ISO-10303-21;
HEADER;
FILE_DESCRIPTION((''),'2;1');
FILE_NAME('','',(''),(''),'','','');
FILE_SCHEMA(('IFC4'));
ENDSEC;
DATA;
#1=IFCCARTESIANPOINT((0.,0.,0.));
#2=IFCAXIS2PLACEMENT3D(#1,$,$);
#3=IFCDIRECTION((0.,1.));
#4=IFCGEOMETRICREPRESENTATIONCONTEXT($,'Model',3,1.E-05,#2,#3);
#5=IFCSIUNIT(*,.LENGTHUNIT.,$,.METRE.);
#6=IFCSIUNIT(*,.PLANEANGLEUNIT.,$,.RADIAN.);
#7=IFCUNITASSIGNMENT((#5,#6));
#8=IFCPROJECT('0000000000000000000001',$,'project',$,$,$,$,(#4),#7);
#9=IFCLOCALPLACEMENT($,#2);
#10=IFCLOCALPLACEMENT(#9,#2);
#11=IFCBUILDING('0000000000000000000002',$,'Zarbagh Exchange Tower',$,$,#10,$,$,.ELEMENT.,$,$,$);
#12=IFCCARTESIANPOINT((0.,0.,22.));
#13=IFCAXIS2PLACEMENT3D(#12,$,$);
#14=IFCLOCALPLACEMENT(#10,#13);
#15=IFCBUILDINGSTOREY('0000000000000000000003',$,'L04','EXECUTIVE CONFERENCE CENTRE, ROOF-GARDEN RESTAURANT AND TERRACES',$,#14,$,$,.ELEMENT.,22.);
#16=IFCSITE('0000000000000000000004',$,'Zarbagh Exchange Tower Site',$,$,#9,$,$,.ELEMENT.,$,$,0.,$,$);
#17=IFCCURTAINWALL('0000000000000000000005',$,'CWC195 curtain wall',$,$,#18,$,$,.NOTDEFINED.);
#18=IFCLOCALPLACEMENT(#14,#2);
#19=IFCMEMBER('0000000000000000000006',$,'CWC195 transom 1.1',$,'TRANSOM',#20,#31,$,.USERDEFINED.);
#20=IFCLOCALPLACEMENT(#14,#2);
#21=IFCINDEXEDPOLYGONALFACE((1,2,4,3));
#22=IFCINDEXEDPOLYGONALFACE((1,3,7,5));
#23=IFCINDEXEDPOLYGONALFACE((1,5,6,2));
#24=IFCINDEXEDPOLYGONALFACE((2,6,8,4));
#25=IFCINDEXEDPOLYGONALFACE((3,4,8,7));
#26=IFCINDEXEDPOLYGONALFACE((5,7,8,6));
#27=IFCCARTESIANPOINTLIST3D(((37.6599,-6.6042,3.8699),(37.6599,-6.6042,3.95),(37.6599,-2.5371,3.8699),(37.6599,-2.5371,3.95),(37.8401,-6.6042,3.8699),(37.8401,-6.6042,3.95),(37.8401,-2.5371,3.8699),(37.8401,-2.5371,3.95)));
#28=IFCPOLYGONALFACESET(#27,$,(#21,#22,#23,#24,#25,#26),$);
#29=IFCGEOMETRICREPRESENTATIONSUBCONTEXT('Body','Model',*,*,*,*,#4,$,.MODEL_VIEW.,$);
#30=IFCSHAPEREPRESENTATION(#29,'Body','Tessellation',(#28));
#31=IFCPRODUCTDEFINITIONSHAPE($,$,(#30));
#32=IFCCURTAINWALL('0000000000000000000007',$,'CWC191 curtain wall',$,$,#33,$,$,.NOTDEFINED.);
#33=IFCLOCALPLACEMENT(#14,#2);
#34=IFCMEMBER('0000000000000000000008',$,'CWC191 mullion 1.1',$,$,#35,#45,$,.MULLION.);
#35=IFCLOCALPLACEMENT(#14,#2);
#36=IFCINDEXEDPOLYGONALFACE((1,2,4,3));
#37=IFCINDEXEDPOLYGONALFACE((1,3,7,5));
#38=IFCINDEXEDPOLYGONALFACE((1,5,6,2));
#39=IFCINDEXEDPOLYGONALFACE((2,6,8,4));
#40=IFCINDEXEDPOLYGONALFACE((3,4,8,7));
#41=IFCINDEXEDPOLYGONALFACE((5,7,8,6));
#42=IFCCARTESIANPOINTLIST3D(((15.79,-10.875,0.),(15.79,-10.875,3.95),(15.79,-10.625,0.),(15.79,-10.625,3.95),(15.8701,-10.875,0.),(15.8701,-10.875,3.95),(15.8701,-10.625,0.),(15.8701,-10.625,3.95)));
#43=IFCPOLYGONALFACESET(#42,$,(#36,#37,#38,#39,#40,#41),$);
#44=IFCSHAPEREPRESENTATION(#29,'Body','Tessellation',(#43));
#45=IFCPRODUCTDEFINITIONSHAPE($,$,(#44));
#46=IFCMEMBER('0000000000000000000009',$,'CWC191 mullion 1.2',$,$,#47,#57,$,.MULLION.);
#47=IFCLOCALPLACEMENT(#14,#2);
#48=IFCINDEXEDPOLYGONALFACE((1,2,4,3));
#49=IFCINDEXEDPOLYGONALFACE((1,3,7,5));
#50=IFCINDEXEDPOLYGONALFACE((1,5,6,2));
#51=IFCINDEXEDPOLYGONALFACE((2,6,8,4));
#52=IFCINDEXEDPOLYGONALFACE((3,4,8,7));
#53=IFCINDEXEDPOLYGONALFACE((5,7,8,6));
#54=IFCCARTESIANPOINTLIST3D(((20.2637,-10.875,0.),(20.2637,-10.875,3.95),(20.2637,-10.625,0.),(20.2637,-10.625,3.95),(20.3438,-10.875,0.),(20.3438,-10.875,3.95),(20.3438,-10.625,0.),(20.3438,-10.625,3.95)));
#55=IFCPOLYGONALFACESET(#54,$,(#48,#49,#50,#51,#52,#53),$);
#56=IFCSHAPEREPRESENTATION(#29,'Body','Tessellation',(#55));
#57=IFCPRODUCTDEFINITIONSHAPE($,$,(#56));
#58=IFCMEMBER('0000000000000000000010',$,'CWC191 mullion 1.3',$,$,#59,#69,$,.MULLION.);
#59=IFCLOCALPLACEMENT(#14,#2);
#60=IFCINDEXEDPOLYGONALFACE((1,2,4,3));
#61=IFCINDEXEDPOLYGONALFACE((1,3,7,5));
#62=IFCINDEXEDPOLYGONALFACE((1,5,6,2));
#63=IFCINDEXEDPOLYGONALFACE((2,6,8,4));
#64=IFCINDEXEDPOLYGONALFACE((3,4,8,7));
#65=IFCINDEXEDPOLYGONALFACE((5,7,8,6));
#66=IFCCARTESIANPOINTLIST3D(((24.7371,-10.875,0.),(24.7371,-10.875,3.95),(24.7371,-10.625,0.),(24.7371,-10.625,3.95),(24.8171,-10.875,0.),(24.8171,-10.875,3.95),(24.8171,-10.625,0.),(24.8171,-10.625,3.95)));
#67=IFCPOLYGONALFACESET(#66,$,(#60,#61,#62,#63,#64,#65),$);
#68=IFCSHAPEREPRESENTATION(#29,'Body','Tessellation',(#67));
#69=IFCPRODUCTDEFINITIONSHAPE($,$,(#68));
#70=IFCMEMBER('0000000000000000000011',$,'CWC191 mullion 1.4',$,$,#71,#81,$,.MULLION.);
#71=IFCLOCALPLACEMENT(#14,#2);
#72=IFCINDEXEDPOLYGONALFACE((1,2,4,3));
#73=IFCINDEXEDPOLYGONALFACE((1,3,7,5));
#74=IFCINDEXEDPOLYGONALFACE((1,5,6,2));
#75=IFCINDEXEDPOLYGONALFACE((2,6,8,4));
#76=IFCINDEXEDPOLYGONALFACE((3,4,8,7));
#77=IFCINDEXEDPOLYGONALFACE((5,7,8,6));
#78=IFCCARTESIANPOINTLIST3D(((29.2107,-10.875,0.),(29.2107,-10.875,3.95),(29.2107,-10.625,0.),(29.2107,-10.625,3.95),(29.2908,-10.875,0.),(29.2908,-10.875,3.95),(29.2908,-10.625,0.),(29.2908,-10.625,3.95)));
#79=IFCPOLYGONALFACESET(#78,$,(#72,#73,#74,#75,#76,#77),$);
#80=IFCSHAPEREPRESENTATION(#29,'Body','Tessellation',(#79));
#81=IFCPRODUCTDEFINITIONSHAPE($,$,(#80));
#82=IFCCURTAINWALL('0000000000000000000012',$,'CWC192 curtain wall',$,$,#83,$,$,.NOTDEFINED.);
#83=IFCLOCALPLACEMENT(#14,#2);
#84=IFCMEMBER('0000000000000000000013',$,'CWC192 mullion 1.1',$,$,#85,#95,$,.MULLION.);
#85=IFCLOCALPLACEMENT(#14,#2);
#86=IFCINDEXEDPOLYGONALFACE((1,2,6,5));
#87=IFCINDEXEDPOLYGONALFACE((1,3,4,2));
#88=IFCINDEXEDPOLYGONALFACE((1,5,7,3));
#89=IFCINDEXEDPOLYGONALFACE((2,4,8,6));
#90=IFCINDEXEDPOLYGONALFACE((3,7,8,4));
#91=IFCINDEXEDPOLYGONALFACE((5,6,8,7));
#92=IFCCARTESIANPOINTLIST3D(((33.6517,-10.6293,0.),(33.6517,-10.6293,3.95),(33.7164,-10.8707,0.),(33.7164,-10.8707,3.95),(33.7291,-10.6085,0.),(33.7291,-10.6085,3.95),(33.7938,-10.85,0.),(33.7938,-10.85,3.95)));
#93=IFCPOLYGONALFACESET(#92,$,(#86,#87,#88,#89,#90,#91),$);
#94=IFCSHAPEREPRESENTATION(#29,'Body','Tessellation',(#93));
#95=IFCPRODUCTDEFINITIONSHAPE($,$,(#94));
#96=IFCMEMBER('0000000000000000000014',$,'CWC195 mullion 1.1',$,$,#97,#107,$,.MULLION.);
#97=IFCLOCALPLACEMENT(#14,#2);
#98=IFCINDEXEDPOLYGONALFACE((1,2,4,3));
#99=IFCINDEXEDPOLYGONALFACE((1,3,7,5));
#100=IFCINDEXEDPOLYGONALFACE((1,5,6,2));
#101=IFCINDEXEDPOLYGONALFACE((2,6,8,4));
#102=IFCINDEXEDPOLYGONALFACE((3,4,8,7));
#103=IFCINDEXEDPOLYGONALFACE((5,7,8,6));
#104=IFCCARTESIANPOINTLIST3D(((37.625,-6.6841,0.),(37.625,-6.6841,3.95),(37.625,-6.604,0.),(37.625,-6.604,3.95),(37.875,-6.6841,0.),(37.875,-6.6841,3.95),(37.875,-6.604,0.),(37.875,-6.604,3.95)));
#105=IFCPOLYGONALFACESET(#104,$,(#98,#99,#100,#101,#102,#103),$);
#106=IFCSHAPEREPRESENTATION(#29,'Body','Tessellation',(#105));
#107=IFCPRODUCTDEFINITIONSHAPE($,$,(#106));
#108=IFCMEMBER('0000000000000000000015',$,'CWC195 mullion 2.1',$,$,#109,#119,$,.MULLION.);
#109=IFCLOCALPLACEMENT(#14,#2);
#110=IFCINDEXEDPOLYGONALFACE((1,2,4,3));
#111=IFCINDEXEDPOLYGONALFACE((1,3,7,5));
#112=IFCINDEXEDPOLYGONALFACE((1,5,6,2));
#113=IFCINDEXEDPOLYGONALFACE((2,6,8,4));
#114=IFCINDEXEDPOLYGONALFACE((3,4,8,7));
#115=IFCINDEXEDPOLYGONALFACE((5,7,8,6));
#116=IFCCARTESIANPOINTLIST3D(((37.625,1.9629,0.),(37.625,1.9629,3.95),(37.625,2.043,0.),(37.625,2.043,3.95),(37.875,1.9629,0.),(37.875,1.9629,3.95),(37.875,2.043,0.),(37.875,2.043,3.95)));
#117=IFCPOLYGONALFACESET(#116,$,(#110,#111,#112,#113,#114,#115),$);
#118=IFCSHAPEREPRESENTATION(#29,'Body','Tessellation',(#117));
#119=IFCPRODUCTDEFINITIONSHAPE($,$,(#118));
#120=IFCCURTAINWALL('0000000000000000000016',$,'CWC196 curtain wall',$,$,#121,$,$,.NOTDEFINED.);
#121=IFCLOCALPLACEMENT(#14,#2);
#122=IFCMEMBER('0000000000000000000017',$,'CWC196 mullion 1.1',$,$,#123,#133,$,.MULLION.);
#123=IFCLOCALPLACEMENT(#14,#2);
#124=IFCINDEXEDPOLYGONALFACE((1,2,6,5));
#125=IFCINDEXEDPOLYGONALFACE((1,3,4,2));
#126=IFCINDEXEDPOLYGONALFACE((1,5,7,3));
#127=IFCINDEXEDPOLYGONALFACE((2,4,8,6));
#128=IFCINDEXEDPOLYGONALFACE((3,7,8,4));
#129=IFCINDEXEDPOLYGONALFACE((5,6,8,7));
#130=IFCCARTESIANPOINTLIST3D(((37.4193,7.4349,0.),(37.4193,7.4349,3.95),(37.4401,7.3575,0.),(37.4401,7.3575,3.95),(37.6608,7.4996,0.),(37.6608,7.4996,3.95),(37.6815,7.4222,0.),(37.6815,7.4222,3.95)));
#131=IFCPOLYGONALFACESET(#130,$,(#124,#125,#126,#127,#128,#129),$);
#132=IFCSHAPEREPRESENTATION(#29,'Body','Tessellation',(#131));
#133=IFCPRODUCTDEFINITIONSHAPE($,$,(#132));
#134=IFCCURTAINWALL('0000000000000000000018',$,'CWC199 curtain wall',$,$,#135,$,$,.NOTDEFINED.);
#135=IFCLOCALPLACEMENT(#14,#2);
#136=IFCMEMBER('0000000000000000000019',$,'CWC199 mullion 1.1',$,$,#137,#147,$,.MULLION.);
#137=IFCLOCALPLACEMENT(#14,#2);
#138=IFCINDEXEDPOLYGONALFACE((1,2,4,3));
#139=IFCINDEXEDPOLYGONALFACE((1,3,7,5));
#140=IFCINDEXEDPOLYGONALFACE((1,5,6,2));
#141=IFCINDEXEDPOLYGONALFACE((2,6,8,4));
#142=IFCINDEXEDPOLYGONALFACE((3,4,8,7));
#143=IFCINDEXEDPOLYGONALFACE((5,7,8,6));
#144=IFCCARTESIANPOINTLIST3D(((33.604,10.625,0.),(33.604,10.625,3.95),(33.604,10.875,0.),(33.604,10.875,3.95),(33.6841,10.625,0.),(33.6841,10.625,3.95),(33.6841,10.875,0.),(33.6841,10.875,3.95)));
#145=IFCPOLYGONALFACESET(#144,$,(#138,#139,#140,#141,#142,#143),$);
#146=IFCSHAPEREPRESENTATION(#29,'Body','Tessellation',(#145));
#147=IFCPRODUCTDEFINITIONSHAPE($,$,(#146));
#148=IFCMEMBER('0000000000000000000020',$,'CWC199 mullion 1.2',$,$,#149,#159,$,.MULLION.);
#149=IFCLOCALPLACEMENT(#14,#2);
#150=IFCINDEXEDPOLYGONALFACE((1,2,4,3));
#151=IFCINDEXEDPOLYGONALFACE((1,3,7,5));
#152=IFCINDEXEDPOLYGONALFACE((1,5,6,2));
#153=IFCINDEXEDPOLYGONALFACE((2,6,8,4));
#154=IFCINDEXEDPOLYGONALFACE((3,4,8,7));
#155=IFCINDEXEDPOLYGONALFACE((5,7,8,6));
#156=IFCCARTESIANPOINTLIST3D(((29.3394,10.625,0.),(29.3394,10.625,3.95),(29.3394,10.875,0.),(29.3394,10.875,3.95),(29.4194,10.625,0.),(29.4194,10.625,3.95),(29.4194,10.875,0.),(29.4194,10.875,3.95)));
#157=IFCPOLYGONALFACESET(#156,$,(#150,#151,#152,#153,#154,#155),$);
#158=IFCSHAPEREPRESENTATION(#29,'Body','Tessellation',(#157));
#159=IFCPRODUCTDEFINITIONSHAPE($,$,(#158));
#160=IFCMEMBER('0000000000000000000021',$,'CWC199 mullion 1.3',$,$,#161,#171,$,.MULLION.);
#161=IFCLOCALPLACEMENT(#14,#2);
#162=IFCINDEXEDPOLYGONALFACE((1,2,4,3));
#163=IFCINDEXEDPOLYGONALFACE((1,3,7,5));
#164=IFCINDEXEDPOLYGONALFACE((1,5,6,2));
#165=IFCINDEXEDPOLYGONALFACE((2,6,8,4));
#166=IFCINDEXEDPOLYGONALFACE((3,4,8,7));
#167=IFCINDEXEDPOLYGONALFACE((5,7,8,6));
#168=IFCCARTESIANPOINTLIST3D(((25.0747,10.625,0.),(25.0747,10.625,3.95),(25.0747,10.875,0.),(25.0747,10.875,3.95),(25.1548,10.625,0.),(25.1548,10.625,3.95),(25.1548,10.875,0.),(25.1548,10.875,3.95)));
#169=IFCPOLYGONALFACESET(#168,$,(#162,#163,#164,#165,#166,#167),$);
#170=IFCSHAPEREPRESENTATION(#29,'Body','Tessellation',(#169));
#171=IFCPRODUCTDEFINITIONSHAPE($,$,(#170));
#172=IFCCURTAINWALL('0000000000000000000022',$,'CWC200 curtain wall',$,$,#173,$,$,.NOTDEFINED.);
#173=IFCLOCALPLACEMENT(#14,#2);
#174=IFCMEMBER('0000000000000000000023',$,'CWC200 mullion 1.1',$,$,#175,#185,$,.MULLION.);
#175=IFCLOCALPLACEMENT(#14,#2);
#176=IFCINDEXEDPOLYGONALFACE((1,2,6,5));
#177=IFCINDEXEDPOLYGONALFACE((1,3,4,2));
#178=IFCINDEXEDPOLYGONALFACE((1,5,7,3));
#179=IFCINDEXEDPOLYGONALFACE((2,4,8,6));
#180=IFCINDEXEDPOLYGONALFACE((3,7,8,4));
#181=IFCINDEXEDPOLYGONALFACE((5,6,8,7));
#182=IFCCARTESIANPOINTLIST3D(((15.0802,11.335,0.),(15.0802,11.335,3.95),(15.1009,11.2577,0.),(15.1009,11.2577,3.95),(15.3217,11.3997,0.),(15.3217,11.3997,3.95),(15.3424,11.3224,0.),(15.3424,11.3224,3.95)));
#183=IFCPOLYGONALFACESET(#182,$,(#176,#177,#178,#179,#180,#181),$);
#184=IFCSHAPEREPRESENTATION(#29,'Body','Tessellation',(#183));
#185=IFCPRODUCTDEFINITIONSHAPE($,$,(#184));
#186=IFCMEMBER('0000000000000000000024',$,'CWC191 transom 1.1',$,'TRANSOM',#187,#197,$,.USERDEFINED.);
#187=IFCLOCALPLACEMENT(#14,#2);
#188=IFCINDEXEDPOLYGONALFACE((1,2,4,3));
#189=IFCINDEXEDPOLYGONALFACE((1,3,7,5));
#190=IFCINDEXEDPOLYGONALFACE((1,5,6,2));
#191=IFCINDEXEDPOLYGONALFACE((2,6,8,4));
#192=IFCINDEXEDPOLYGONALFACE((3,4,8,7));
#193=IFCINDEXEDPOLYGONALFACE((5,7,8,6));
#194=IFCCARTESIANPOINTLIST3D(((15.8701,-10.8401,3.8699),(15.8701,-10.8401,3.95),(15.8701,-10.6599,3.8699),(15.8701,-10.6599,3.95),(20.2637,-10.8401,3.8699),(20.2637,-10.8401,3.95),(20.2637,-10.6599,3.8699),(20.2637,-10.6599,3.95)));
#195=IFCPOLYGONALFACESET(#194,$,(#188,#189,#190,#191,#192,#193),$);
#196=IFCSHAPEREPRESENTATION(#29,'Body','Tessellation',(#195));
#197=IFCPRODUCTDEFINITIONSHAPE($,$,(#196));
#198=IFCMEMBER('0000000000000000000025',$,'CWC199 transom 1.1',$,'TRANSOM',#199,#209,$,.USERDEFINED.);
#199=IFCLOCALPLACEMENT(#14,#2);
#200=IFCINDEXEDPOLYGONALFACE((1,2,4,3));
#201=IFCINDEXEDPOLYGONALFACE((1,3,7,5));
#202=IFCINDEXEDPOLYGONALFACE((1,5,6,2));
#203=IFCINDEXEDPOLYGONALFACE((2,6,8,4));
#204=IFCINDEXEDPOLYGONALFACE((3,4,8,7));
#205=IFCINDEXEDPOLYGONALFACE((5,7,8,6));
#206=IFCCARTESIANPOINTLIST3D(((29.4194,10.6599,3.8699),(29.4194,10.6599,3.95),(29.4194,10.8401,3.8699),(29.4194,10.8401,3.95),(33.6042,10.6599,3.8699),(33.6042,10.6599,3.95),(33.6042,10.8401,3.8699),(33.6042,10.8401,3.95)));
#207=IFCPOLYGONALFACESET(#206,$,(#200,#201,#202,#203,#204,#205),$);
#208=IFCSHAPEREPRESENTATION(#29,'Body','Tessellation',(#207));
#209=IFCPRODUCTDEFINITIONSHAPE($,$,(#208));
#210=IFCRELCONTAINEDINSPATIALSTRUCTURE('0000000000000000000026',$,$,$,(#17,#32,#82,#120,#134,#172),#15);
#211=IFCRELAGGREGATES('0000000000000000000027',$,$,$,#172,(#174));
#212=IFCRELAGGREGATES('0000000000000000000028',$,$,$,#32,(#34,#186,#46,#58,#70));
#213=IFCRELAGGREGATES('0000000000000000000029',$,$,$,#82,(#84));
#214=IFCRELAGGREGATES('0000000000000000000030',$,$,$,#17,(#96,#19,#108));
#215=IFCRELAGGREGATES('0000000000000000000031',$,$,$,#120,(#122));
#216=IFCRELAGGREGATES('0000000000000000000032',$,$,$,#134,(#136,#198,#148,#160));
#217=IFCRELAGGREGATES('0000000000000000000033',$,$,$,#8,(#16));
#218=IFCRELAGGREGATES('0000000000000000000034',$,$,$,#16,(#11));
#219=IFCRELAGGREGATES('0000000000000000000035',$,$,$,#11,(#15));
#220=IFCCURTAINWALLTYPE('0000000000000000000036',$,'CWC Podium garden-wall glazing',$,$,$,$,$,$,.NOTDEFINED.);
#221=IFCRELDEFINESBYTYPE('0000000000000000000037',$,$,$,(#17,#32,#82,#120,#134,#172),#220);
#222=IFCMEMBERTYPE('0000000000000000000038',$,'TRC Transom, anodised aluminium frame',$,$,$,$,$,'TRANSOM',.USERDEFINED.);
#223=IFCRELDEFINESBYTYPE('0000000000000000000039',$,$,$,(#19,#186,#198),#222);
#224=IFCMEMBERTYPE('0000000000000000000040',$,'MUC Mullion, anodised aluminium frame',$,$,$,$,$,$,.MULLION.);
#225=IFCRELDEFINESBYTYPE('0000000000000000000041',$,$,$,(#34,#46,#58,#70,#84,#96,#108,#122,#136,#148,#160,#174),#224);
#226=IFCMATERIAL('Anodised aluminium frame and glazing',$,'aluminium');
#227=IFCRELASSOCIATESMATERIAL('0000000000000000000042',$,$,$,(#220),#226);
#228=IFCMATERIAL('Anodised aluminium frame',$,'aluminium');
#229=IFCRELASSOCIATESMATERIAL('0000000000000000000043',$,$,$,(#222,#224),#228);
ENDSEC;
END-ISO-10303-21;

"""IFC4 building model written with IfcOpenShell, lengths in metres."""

from ifc_helpers import new_model, si_unit, direction, frame, origin, place, context, subcontext, project, spatial, polyline, outline, extrude, source, transform, mapped, material, type_object, element, aggregate, save


model = new_model("IFC4")

# Units and contexts
model_context = context("Model", 3, precision=1e-05, world=origin(), true_north=direction((0.0, 1.0)))
body_context = subcontext(model_context, "Body", "Model", "MODEL_VIEW")
ifc_project = project(units=[si_unit("LENGTHUNIT", "METRE"), si_unit("PLANEANGLEUNIT", "RADIAN")], contexts=[model_context])

# Site, building, storey
site_placement = place(None, origin())
site = spatial("IfcSite", under=ifc_project, at=site_placement, Name="Zarbagh Exchange Tower Site", CompositionType="ELEMENT", RefElevation=0.0)
building_placement = place(site_placement, origin())
building = spatial("IfcBuilding", under=site, at=building_placement, Name="Zarbagh Exchange Tower", CompositionType="ELEMENT")
storey_placement = place(building_placement, frame((0.0, 0.0, 22.0)))
storey = spatial("IfcBuildingStorey", under=building, at=storey_placement, Name="L04", Description="EXECUTIVE CONFERENCE CENTRE, ROOF-GARDEN RESTAURANT AND TERRACES", CompositionType="ELEMENT", Elevation=22.0)

# Curtain wall, member
ifc_material_1 = material(Name="Anodised aluminium frame and glazing", Category="aluminium")
curtain_wall_type = type_object("IfcCurtainWallType", Name="CWC Podium garden-wall glazing", PredefinedType="NOTDEFINED", material=ifc_material_1)
curtain_wall_1_placement = place(storey_placement, origin())
curtain_wall_1 = element("IfcCurtainWall", 1, at=curtain_wall_1_placement, inside=storey, type_object=curtain_wall_type, Name="CWC195 curtain wall", PredefinedType="NOTDEFINED")
ifc_material_2 = material(Name="Anodised aluminium frame", Category="aluminium")
member_type_1 = type_object("IfcMemberType", Name="TRC Transom, anodised aluminium frame", ElementType="TRANSOM", PredefinedType="USERDEFINED", material=ifc_material_2)
shared_shape_1 = source(origin(), body_context, "Body", "SweptSolid", [
    extrude(outline(polyline([(-0.0801, -0.0901), (0.0, -0.0901), (0.0, 0.0901), (-0.0801, 0.0901), (-0.0801, -0.0901)])), origin(), (0.0, 0.0, 1.0), 4.0671),
])
placement = place(storey_placement, origin())
member_1 = element("IfcMember", 2, at=placement, type_object=member_type_1, Name="CWC195 transom 1.1", ObjectType="TRANSOM", PredefinedType="USERDEFINED", context=body_context, shape_type="MappedRepresentation", body=[
    mapped(shared_shape_1, transform((37.75, -6.6042, 3.95), x_axis=(0.0, 0.0, 1.0), y_axis=(1.0, 0.0, 0.0), z_axis=(0.0, 1.0, 0.0))),
])

# Curtain wall, members
curtain_wall_2_placement = place(storey_placement, origin())
curtain_wall_2 = element("IfcCurtainWall", 3, at=curtain_wall_2_placement, inside=storey, type_object=curtain_wall_type, Name="CWC191 curtain wall", PredefinedType="NOTDEFINED")
member_type_2 = type_object("IfcMemberType", Name="MUC Mullion, anodised aluminium frame", PredefinedType="MULLION", material=ifc_material_2)
shared_shape_2 = source(origin(), body_context, "Body", "SweptSolid", [
    extrude(outline(polyline([(0.0, -0.125), (0.0801, -0.125), (0.0801, 0.125), (0.0, 0.125), (0.0, -0.125)])), origin(), (0.0, 0.0, 1.0), 3.95),
])
member_2 = element("IfcMember", 4, at=placement, type_object=member_type_2, Name="CWC191 mullion 1.1", PredefinedType="MULLION", context=body_context, shape_type="MappedRepresentation", body=[
    mapped(shared_shape_2, transform((15.79, -10.75, 0.0), x_axis=(1.0, 0.0, 0.0), y_axis=(0.0, 1.0, 0.0), z_axis=(0.0, 0.0, 1.0))),
])
member_3 = element("IfcMember", 5, at=placement, type_object=member_type_2, Name="CWC191 mullion 1.2", PredefinedType="MULLION", context=body_context, shape_type="MappedRepresentation", body=[
    mapped(shared_shape_2, transform((20.2637, -10.75, 0.0), x_axis=(1.0, 0.0, 0.0), y_axis=(0.0, 1.0, 0.0), z_axis=(0.0, 0.0, 1.0))),
])
member_4 = element("IfcMember", 6, at=placement, type_object=member_type_2, Name="CWC191 mullion 1.3", PredefinedType="MULLION", context=body_context, shape_type="MappedRepresentation", body=[
    mapped(shared_shape_2, transform((24.7371, -10.75, 0.0), x_axis=(1.0, 0.0, 0.0), y_axis=(0.0, 1.0, 0.0), z_axis=(0.0, 0.0, 1.0))),
])
member_5 = element("IfcMember", 7, at=placement, type_object=member_type_2, Name="CWC191 mullion 1.4", PredefinedType="MULLION", context=body_context, shape_type="MappedRepresentation", body=[
    mapped(shared_shape_2, transform((29.2107, -10.75, 0.0), x_axis=(1.0, 0.0, 0.0), y_axis=(0.0, 1.0, 0.0), z_axis=(0.0, 0.0, 1.0))),
])

# Curtain wall, member
curtain_wall_3_placement = place(storey_placement, origin())
curtain_wall_3 = element("IfcCurtainWall", 8, at=curtain_wall_3_placement, inside=storey, type_object=curtain_wall_type, Name="CWC192 curtain wall", PredefinedType="NOTDEFINED")
member_6 = element("IfcMember", 9, at=placement, type_object=member_type_2, Name="CWC192 mullion 1.1", PredefinedType="MULLION", context=body_context, shape_type="MappedRepresentation", body=[
    mapped(shared_shape_2, transform((33.6841, -10.75, 0.0), x_axis=(0.965924, 0.258825, 0.0), y_axis=(-0.258825, 0.965924, 0.0), z_axis=(0.0, 0.0, 1.0))),
])

# Members
member_7 = element("IfcMember", 10, at=placement, type_object=member_type_2, Name="CWC195 mullion 1.1", PredefinedType="MULLION", context=body_context, shape_type="MappedRepresentation", body=[
    mapped(shared_shape_2, transform((37.75, -6.6841, 0.0), x_axis=(0.0, 1.0, 0.0), y_axis=(-1.0, 0.0, 0.0), z_axis=(0.0, 0.0, 1.0))),
])
member_8 = element("IfcMember", 11, at=placement, type_object=member_type_2, Name="CWC195 mullion 2.1", PredefinedType="MULLION", context=body_context, shape_type="MappedRepresentation", body=[
    mapped(shared_shape_2, transform((37.75, 1.9629, 0.0), x_axis=(0.0, 1.0, 0.0), y_axis=(-1.0, 0.0, 0.0), z_axis=(0.0, 0.0, 1.0))),
])

# Curtain wall, member
curtain_wall_4_placement = place(storey_placement, origin())
curtain_wall_4 = element("IfcCurtainWall", 12, at=curtain_wall_4_placement, inside=storey, type_object=curtain_wall_type, Name="CWC196 curtain wall", PredefinedType="NOTDEFINED")
member_9 = element("IfcMember", 13, at=placement, type_object=member_type_2, Name="CWC196 mullion 1.1", PredefinedType="MULLION", context=body_context, shape_type="MappedRepresentation", body=[
    mapped(shared_shape_2, transform((37.5608, 7.3899, 0.0), x_axis=(-0.258825, 0.965924, 0.0), y_axis=(-0.965924, -0.258825, 0.0), z_axis=(0.0, 0.0, 1.0))),
])

# Curtain wall, members
curtain_wall_5_placement = place(storey_placement, origin())
curtain_wall_5 = element("IfcCurtainWall", 14, at=curtain_wall_5_placement, inside=storey, type_object=curtain_wall_type, Name="CWC199 curtain wall", PredefinedType="NOTDEFINED")
member_10 = element("IfcMember", 15, at=placement, type_object=member_type_2, Name="CWC199 mullion 1.1", PredefinedType="MULLION", context=body_context, shape_type="MappedRepresentation", body=[
    mapped(shared_shape_2, transform((33.6841, 10.75, 0.0), x_axis=(-1.0, 0.0, 0.0), y_axis=(0.0, -1.0, 0.0), z_axis=(0.0, 0.0, 1.0))),
])
member_11 = element("IfcMember", 16, at=placement, type_object=member_type_2, Name="CWC199 mullion 1.2", PredefinedType="MULLION", context=body_context, shape_type="MappedRepresentation", body=[
    mapped(shared_shape_2, transform((29.4194, 10.75, 0.0), x_axis=(-1.0, 0.0, 0.0), y_axis=(0.0, -1.0, 0.0), z_axis=(0.0, 0.0, 1.0))),
])
member_12 = element("IfcMember", 17, at=placement, type_object=member_type_2, Name="CWC199 mullion 1.3", PredefinedType="MULLION", context=body_context, shape_type="MappedRepresentation", body=[
    mapped(shared_shape_2, transform((25.1548, 10.75, 0.0), x_axis=(-1.0, 0.0, 0.0), y_axis=(0.0, -1.0, 0.0), z_axis=(0.0, 0.0, 1.0))),
])

# Curtain wall, member
curtain_wall_6_placement = place(storey_placement, origin())
curtain_wall_6 = element("IfcCurtainWall", 18, at=curtain_wall_6_placement, inside=storey, type_object=curtain_wall_type, Name="CWC200 curtain wall", PredefinedType="NOTDEFINED")
member_13 = element("IfcMember", 19, at=placement, type_object=member_type_2, Name="CWC200 mullion 1.1", PredefinedType="MULLION", context=body_context, shape_type="MappedRepresentation", body=[
    mapped(shared_shape_2, transform((15.2217, 11.29, 0.0), x_axis=(-0.258825, 0.965924, 0.0), y_axis=(-0.965924, -0.258825, 0.0), z_axis=(0.0, 0.0, 1.0))),
])

# Members
shared_shape_3 = source(origin(), body_context, "Body", "SweptSolid", [
    extrude(outline(polyline([(-0.0801, -0.0901), (0.0, -0.0901), (0.0, 0.0901), (-0.0801, 0.0901), (-0.0801, -0.0901)])), origin(), (0.0, 0.0, 1.0), 4.3936),
])
member_14 = element("IfcMember", 20, at=placement, type_object=member_type_1, Name="CWC191 transom 1.1", ObjectType="TRANSOM", PredefinedType="USERDEFINED", context=body_context, shape_type="MappedRepresentation", body=[
    mapped(shared_shape_3, transform((15.8701, -10.75, 3.95), x_axis=(0.0, 0.0, 1.0), y_axis=(0.0, -1.0, 0.0), z_axis=(1.0, 0.0, 0.0))),
])
shared_shape_4 = source(origin(), body_context, "Body", "SweptSolid", [
    extrude(outline(polyline([(-0.0801, -0.0901), (0.0, -0.0901), (0.0, 0.0901), (-0.0801, 0.0901), (-0.0801, -0.0901)])), origin(), (0.0, 0.0, 1.0), 4.1848),
])
member_15 = element("IfcMember", 21, at=placement, type_object=member_type_1, Name="CWC199 transom 1.1", ObjectType="TRANSOM", PredefinedType="USERDEFINED", context=body_context, shape_type="MappedRepresentation", body=[
    mapped(shared_shape_4, transform((33.6042, 10.75, 3.95), x_axis=(0.0, 0.0, 1.0), y_axis=(0.0, 1.0, 0.0), z_axis=(-1.0, 0.0, 0.0))),
])

aggregate(curtain_wall_6, [member_13])

aggregate(curtain_wall_2, [member_2, member_14, member_3, member_4, member_5])
aggregate(curtain_wall_3, [member_6])

aggregate(curtain_wall_1, [member_7, member_1, member_8])
aggregate(curtain_wall_4, [member_9])
aggregate(curtain_wall_5, [member_10, member_15, member_11, member_12])

save(model, "model.ifc")
